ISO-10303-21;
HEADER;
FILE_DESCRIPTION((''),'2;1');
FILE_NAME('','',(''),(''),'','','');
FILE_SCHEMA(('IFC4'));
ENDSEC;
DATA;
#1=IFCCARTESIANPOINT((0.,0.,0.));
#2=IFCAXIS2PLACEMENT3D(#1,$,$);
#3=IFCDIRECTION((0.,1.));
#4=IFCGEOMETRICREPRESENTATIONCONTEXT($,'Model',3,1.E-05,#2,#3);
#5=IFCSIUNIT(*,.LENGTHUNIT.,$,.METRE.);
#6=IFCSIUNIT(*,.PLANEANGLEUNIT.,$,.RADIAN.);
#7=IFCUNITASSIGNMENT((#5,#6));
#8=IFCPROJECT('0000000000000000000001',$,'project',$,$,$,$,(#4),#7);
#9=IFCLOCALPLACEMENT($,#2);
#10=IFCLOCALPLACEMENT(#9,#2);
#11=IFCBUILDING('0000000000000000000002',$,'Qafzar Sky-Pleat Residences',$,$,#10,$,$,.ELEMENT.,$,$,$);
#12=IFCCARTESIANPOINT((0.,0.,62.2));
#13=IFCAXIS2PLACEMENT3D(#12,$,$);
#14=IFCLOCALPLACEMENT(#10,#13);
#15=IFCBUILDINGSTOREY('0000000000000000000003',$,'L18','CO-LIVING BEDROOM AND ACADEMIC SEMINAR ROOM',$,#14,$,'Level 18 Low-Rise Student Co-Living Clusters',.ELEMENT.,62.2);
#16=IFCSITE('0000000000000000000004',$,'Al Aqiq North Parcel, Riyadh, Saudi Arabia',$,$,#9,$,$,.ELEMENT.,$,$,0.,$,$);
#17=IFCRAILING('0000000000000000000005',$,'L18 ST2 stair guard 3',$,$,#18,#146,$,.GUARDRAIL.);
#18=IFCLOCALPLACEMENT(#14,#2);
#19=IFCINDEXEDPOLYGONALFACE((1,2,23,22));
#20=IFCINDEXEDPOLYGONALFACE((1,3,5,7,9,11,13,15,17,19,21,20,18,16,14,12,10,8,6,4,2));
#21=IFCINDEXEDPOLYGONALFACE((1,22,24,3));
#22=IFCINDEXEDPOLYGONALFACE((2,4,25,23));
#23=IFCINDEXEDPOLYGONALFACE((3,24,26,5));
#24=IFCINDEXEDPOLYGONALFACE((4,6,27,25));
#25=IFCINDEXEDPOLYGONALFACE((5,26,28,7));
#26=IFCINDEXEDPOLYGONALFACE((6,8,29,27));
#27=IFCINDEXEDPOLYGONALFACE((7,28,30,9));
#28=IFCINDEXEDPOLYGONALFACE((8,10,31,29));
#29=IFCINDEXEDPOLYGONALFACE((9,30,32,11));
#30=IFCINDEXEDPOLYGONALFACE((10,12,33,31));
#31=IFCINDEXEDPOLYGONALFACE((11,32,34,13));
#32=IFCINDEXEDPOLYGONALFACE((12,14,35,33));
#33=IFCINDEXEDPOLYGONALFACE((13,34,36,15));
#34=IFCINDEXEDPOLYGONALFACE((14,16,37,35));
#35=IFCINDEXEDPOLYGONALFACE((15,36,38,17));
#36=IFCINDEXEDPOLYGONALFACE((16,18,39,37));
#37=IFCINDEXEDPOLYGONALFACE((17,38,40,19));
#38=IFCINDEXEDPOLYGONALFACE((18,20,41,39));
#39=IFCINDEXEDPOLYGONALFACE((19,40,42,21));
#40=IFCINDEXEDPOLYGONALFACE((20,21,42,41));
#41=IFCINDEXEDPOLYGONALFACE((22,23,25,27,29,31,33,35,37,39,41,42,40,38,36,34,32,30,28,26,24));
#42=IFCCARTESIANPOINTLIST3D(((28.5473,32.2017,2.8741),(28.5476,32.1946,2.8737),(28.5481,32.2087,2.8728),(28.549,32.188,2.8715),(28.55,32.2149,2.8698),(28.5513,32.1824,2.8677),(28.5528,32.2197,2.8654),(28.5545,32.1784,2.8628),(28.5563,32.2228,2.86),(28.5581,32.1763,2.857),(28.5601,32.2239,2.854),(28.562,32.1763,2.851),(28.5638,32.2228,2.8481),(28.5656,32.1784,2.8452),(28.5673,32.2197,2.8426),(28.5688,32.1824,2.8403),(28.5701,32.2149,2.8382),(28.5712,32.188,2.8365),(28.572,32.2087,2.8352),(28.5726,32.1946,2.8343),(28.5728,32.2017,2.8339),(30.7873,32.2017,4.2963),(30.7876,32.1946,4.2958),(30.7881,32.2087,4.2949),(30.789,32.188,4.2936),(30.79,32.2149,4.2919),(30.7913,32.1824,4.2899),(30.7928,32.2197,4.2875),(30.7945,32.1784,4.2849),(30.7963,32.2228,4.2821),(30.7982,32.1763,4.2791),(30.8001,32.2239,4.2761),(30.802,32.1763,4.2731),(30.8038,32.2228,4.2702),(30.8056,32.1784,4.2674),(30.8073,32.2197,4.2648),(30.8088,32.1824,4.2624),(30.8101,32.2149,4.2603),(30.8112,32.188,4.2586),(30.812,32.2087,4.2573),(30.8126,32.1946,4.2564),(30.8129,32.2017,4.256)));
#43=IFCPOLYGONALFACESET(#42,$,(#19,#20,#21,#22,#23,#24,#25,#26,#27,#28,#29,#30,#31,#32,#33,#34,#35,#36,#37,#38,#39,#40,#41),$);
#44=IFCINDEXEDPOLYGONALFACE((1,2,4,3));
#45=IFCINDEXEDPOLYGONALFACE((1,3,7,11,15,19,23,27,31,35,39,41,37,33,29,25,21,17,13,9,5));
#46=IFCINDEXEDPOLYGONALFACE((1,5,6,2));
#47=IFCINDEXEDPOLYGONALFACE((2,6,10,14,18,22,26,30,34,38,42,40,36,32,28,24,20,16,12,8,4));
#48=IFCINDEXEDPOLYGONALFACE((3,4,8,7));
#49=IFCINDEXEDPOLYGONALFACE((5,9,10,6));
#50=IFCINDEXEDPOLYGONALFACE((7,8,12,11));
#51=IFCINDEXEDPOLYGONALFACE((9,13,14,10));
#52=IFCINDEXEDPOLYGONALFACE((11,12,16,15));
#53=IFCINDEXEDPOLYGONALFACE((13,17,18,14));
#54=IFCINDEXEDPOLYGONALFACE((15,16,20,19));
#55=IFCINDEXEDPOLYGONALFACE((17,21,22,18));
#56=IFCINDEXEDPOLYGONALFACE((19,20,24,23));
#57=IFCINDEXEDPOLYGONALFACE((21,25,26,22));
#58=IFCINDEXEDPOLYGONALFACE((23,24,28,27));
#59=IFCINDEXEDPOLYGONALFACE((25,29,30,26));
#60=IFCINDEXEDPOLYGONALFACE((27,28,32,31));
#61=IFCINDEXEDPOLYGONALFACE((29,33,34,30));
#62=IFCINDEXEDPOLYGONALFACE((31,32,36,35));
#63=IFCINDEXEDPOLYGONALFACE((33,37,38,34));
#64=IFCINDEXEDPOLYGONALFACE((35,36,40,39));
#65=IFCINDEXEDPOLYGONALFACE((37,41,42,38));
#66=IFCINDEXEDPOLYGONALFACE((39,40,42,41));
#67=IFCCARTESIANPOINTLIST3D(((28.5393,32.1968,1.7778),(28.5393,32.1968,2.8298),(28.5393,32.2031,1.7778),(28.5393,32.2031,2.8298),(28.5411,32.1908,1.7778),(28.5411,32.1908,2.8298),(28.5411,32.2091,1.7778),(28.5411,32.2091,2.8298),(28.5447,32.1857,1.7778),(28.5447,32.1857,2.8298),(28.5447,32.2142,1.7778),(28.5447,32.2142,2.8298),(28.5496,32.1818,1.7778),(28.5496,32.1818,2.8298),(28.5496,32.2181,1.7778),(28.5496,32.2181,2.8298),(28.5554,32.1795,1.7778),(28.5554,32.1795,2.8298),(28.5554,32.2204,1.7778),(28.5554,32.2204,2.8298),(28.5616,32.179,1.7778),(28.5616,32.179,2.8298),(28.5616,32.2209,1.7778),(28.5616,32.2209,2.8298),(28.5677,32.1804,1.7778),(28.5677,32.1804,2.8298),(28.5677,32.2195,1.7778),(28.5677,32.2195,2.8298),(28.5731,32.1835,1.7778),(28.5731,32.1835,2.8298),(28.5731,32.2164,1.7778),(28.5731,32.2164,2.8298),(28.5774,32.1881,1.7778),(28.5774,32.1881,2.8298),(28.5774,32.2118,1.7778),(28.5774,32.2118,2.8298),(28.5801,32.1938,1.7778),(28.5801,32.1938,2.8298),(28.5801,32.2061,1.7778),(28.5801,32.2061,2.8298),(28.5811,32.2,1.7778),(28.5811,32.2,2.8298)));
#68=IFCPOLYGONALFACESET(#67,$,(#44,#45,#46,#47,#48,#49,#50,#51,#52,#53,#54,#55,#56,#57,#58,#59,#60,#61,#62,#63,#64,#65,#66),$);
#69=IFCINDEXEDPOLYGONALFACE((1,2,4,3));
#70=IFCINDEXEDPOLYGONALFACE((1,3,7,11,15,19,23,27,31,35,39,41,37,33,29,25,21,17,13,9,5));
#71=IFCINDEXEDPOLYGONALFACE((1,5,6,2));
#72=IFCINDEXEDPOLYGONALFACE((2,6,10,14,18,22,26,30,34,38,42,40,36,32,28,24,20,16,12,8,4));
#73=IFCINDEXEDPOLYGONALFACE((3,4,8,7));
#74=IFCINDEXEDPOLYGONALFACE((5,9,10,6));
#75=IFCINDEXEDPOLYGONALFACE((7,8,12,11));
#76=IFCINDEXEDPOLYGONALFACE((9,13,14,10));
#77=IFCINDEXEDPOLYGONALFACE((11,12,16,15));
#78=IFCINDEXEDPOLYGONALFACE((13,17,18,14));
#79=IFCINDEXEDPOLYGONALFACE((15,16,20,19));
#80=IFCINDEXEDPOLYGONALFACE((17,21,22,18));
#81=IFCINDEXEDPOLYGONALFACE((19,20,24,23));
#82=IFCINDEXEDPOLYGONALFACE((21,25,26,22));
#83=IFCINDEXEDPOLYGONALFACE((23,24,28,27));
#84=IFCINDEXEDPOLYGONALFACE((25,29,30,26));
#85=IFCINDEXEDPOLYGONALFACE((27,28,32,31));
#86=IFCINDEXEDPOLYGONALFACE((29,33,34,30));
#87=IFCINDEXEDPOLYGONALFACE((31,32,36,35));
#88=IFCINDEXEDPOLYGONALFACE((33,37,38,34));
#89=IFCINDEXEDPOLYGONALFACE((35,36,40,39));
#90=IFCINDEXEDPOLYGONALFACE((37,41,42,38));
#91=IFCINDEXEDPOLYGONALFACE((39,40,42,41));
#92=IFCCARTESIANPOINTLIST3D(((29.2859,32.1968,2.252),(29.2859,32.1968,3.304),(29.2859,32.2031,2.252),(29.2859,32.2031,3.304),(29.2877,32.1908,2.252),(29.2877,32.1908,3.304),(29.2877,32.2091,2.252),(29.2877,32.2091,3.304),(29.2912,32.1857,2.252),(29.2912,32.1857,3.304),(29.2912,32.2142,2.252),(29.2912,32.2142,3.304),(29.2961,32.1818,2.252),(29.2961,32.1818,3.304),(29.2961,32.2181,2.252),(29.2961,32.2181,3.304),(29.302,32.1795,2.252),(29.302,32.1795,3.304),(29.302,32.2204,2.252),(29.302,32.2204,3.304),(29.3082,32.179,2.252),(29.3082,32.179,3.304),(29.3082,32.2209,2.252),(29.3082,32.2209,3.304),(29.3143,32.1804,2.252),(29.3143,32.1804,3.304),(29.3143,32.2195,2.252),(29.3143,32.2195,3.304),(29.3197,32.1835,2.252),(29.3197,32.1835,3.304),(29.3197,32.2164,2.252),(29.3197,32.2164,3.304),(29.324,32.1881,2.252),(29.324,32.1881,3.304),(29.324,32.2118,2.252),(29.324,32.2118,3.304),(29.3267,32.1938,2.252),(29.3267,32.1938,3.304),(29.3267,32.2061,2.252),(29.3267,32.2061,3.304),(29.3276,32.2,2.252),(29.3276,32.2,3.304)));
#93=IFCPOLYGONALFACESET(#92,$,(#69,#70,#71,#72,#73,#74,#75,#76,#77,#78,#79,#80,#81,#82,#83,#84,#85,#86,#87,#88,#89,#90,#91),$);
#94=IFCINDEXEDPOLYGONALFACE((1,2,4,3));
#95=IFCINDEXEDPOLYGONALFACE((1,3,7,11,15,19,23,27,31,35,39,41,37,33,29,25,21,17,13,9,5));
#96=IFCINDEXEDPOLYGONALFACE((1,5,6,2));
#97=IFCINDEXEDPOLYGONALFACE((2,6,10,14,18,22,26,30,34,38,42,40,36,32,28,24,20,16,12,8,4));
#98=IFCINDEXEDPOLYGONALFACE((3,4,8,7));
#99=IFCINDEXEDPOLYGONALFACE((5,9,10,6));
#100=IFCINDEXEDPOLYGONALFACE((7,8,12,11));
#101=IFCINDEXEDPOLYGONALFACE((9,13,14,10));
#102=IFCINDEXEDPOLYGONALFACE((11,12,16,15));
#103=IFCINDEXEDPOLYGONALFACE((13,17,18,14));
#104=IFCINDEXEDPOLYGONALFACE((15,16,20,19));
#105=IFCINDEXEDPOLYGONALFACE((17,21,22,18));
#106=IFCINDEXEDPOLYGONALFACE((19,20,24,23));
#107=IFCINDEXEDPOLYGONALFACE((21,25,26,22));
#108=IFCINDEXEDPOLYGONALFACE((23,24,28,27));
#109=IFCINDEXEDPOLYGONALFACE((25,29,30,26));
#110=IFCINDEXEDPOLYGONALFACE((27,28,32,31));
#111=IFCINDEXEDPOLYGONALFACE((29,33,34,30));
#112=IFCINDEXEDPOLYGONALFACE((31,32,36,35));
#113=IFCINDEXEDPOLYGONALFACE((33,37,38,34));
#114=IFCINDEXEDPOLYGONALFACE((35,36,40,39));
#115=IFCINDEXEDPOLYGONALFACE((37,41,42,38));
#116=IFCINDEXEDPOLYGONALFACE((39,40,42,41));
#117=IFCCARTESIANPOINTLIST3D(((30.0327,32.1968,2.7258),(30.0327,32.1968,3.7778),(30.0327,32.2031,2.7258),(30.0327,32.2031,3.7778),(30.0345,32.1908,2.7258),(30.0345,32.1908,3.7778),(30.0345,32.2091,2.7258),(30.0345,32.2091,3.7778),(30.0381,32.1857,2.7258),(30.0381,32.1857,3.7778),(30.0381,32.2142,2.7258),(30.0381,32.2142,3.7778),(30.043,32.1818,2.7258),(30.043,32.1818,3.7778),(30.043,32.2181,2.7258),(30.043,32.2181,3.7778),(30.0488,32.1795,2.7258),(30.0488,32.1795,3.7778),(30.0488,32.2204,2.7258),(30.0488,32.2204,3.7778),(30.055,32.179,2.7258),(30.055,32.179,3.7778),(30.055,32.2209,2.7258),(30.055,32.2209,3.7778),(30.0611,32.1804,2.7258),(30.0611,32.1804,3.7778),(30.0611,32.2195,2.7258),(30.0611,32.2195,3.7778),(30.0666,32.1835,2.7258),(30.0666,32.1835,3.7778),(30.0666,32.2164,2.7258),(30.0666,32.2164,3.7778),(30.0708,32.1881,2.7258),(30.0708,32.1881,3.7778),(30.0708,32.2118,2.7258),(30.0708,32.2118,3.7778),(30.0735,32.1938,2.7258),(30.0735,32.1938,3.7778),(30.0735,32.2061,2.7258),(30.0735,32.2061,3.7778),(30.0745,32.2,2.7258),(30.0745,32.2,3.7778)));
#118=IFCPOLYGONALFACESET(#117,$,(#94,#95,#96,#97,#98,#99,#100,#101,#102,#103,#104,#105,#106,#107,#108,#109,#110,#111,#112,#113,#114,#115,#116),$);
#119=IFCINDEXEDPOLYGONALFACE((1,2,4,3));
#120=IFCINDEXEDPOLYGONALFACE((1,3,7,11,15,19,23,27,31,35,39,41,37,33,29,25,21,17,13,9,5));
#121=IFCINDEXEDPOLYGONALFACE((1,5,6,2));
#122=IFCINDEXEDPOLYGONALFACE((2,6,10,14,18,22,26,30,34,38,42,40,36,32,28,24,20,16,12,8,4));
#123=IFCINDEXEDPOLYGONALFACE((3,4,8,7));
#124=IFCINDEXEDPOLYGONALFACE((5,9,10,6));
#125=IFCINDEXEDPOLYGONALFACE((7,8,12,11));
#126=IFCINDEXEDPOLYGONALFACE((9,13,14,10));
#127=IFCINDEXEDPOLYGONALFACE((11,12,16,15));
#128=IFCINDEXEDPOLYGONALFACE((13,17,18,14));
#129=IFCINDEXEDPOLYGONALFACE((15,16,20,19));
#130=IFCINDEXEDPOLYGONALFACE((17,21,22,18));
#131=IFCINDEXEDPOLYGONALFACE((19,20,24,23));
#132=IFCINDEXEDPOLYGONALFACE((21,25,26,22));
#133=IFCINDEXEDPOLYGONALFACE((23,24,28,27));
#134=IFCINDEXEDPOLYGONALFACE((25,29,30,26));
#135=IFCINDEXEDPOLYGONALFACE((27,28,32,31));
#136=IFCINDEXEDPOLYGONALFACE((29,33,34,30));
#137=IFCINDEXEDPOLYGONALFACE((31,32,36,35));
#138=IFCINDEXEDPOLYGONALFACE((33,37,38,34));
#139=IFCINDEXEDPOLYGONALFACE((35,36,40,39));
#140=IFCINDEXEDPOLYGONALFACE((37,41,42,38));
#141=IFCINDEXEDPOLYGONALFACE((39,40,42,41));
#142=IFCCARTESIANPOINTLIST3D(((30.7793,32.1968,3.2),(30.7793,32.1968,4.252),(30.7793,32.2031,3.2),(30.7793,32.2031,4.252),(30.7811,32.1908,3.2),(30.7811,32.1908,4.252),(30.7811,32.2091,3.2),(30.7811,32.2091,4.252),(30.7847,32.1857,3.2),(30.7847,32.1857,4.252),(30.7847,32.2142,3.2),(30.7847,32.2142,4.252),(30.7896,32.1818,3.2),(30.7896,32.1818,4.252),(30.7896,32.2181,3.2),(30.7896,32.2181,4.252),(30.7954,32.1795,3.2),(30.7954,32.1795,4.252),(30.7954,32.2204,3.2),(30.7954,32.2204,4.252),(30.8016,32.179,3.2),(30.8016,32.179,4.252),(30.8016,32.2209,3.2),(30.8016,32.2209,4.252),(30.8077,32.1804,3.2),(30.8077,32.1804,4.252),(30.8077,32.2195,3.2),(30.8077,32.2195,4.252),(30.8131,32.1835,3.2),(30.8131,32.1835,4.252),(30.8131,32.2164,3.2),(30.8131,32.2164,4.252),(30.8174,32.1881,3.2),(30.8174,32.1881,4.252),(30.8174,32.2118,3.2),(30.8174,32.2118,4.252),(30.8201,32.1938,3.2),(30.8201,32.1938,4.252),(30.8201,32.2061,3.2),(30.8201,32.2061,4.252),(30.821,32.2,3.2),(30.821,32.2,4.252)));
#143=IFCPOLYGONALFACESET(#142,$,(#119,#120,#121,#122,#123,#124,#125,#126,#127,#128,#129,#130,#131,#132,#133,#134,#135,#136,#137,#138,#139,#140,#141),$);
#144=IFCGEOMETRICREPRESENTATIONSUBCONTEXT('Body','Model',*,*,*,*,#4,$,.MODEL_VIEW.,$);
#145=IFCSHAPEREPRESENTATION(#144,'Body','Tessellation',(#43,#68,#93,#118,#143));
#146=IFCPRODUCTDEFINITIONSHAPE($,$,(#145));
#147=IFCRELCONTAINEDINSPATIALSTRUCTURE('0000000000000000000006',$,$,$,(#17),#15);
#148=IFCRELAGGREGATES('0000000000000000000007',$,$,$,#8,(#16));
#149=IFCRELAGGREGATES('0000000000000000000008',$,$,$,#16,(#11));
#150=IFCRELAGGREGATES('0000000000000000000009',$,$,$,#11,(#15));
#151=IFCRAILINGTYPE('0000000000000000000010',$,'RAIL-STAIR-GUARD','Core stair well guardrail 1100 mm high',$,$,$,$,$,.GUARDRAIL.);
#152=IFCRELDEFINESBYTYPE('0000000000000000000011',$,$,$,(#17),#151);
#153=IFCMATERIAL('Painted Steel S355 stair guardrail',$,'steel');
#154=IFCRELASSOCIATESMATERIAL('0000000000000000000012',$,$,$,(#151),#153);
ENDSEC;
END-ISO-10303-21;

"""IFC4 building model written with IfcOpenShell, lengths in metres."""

from ifc_helpers import new_model, si_unit, direction, frame, origin, origin_2d, place, context, subcontext, project, spatial, circle, extrude, source, transform, mapped, material, type_object, element, save


model = new_model("IFC4")

# Units and contexts
model_context = context("Model", 3, precision=1e-05, world=origin(), true_north=direction((0.0, 1.0)))
body_context = subcontext(model_context, "Body", "Model", "MODEL_VIEW")
ifc_project = project(units=[si_unit("LENGTHUNIT", "METRE"), si_unit("PLANEANGLEUNIT", "RADIAN")], contexts=[model_context])

# Site, building, storey
site_placement = place(None, origin())
site = spatial("IfcSite", under=ifc_project, at=site_placement, Name="Al Aqiq North Parcel, Riyadh, Saudi Arabia", CompositionType="ELEMENT", RefElevation=0.0)
building_placement = place(site_placement, origin())
building = spatial("IfcBuilding", under=site, at=building_placement, Name="Qafzar Sky-Pleat Residences", CompositionType="ELEMENT")
storey_placement = place(building_placement, frame((0.0, 0.0, 62.2)))
storey = spatial("IfcBuildingStorey", under=building, at=storey_placement, Name="L18", Description="CO-LIVING BEDROOM AND ACADEMIC SEMINAR ROOM", LongName="Level 18 Low-Rise Student Co-Living Clusters", CompositionType="ELEMENT", Elevation=62.2)

# Railing
ifc_material_1 = material(Name="Painted Steel S355 stair guardrail", Category="steel")
railing_type_1 = type_object("IfcRailingType", Name="RAIL-STAIR-GUARD", Description="Core stair well guardrail 1100 mm high", PredefinedType="GUARDRAIL", material=ifc_material_1)
shared_shape_1 = source(origin(), body_context, "Body", "SweptSolid", [
    extrude(circle(Radius=0.0239, at=origin_2d()), frame((0.0, 0.0, 1.0762), z_axis=(0.844229, 0.0, 0.535982), x_axis=(0.0, 1.0, 0.0)), (0.0, 0.0, 1.0), 2.6533),
    extrude(circle(Radius=0.021, at=origin_2d()), origin(), (0.0, 0.0, 1.0), 1.052),
    extrude(circle(Radius=0.021, at=origin_2d()), frame((0.7466, 0.0, 0.4741)), (0.0, 0.0, 1.0), 1.052),
    extrude(circle(Radius=0.021, at=origin_2d()), frame((1.4934, 0.0, 0.948)), (0.0, 0.0, 1.0), 1.052),
    extrude(circle(Radius=0.021, at=origin_2d()), frame((2.24, 0.0, 1.4221)), (0.0, 0.0, 1.0), 1.052),
])
railing_1_placement = place(storey_placement, frame((28.5601, 32.2, 1.7778)))
element("IfcRailing", 1, at=railing_1_placement, inside=storey, type_object=railing_type_1, Name="L18 ST2 stair guard 3", PredefinedType="GUARDRAIL", context=body_context, shape_type="MappedRepresentation", body=[
    mapped(shared_shape_1, transform((0.0, 0.0, 0.0), x_axis=(1.0, 0.0, 0.0), y_axis=(0.0, 1.0, 0.0), z_axis=(0.0, 0.0, 1.0), scale=1.0)),
])

save(model, "model.ifc")
